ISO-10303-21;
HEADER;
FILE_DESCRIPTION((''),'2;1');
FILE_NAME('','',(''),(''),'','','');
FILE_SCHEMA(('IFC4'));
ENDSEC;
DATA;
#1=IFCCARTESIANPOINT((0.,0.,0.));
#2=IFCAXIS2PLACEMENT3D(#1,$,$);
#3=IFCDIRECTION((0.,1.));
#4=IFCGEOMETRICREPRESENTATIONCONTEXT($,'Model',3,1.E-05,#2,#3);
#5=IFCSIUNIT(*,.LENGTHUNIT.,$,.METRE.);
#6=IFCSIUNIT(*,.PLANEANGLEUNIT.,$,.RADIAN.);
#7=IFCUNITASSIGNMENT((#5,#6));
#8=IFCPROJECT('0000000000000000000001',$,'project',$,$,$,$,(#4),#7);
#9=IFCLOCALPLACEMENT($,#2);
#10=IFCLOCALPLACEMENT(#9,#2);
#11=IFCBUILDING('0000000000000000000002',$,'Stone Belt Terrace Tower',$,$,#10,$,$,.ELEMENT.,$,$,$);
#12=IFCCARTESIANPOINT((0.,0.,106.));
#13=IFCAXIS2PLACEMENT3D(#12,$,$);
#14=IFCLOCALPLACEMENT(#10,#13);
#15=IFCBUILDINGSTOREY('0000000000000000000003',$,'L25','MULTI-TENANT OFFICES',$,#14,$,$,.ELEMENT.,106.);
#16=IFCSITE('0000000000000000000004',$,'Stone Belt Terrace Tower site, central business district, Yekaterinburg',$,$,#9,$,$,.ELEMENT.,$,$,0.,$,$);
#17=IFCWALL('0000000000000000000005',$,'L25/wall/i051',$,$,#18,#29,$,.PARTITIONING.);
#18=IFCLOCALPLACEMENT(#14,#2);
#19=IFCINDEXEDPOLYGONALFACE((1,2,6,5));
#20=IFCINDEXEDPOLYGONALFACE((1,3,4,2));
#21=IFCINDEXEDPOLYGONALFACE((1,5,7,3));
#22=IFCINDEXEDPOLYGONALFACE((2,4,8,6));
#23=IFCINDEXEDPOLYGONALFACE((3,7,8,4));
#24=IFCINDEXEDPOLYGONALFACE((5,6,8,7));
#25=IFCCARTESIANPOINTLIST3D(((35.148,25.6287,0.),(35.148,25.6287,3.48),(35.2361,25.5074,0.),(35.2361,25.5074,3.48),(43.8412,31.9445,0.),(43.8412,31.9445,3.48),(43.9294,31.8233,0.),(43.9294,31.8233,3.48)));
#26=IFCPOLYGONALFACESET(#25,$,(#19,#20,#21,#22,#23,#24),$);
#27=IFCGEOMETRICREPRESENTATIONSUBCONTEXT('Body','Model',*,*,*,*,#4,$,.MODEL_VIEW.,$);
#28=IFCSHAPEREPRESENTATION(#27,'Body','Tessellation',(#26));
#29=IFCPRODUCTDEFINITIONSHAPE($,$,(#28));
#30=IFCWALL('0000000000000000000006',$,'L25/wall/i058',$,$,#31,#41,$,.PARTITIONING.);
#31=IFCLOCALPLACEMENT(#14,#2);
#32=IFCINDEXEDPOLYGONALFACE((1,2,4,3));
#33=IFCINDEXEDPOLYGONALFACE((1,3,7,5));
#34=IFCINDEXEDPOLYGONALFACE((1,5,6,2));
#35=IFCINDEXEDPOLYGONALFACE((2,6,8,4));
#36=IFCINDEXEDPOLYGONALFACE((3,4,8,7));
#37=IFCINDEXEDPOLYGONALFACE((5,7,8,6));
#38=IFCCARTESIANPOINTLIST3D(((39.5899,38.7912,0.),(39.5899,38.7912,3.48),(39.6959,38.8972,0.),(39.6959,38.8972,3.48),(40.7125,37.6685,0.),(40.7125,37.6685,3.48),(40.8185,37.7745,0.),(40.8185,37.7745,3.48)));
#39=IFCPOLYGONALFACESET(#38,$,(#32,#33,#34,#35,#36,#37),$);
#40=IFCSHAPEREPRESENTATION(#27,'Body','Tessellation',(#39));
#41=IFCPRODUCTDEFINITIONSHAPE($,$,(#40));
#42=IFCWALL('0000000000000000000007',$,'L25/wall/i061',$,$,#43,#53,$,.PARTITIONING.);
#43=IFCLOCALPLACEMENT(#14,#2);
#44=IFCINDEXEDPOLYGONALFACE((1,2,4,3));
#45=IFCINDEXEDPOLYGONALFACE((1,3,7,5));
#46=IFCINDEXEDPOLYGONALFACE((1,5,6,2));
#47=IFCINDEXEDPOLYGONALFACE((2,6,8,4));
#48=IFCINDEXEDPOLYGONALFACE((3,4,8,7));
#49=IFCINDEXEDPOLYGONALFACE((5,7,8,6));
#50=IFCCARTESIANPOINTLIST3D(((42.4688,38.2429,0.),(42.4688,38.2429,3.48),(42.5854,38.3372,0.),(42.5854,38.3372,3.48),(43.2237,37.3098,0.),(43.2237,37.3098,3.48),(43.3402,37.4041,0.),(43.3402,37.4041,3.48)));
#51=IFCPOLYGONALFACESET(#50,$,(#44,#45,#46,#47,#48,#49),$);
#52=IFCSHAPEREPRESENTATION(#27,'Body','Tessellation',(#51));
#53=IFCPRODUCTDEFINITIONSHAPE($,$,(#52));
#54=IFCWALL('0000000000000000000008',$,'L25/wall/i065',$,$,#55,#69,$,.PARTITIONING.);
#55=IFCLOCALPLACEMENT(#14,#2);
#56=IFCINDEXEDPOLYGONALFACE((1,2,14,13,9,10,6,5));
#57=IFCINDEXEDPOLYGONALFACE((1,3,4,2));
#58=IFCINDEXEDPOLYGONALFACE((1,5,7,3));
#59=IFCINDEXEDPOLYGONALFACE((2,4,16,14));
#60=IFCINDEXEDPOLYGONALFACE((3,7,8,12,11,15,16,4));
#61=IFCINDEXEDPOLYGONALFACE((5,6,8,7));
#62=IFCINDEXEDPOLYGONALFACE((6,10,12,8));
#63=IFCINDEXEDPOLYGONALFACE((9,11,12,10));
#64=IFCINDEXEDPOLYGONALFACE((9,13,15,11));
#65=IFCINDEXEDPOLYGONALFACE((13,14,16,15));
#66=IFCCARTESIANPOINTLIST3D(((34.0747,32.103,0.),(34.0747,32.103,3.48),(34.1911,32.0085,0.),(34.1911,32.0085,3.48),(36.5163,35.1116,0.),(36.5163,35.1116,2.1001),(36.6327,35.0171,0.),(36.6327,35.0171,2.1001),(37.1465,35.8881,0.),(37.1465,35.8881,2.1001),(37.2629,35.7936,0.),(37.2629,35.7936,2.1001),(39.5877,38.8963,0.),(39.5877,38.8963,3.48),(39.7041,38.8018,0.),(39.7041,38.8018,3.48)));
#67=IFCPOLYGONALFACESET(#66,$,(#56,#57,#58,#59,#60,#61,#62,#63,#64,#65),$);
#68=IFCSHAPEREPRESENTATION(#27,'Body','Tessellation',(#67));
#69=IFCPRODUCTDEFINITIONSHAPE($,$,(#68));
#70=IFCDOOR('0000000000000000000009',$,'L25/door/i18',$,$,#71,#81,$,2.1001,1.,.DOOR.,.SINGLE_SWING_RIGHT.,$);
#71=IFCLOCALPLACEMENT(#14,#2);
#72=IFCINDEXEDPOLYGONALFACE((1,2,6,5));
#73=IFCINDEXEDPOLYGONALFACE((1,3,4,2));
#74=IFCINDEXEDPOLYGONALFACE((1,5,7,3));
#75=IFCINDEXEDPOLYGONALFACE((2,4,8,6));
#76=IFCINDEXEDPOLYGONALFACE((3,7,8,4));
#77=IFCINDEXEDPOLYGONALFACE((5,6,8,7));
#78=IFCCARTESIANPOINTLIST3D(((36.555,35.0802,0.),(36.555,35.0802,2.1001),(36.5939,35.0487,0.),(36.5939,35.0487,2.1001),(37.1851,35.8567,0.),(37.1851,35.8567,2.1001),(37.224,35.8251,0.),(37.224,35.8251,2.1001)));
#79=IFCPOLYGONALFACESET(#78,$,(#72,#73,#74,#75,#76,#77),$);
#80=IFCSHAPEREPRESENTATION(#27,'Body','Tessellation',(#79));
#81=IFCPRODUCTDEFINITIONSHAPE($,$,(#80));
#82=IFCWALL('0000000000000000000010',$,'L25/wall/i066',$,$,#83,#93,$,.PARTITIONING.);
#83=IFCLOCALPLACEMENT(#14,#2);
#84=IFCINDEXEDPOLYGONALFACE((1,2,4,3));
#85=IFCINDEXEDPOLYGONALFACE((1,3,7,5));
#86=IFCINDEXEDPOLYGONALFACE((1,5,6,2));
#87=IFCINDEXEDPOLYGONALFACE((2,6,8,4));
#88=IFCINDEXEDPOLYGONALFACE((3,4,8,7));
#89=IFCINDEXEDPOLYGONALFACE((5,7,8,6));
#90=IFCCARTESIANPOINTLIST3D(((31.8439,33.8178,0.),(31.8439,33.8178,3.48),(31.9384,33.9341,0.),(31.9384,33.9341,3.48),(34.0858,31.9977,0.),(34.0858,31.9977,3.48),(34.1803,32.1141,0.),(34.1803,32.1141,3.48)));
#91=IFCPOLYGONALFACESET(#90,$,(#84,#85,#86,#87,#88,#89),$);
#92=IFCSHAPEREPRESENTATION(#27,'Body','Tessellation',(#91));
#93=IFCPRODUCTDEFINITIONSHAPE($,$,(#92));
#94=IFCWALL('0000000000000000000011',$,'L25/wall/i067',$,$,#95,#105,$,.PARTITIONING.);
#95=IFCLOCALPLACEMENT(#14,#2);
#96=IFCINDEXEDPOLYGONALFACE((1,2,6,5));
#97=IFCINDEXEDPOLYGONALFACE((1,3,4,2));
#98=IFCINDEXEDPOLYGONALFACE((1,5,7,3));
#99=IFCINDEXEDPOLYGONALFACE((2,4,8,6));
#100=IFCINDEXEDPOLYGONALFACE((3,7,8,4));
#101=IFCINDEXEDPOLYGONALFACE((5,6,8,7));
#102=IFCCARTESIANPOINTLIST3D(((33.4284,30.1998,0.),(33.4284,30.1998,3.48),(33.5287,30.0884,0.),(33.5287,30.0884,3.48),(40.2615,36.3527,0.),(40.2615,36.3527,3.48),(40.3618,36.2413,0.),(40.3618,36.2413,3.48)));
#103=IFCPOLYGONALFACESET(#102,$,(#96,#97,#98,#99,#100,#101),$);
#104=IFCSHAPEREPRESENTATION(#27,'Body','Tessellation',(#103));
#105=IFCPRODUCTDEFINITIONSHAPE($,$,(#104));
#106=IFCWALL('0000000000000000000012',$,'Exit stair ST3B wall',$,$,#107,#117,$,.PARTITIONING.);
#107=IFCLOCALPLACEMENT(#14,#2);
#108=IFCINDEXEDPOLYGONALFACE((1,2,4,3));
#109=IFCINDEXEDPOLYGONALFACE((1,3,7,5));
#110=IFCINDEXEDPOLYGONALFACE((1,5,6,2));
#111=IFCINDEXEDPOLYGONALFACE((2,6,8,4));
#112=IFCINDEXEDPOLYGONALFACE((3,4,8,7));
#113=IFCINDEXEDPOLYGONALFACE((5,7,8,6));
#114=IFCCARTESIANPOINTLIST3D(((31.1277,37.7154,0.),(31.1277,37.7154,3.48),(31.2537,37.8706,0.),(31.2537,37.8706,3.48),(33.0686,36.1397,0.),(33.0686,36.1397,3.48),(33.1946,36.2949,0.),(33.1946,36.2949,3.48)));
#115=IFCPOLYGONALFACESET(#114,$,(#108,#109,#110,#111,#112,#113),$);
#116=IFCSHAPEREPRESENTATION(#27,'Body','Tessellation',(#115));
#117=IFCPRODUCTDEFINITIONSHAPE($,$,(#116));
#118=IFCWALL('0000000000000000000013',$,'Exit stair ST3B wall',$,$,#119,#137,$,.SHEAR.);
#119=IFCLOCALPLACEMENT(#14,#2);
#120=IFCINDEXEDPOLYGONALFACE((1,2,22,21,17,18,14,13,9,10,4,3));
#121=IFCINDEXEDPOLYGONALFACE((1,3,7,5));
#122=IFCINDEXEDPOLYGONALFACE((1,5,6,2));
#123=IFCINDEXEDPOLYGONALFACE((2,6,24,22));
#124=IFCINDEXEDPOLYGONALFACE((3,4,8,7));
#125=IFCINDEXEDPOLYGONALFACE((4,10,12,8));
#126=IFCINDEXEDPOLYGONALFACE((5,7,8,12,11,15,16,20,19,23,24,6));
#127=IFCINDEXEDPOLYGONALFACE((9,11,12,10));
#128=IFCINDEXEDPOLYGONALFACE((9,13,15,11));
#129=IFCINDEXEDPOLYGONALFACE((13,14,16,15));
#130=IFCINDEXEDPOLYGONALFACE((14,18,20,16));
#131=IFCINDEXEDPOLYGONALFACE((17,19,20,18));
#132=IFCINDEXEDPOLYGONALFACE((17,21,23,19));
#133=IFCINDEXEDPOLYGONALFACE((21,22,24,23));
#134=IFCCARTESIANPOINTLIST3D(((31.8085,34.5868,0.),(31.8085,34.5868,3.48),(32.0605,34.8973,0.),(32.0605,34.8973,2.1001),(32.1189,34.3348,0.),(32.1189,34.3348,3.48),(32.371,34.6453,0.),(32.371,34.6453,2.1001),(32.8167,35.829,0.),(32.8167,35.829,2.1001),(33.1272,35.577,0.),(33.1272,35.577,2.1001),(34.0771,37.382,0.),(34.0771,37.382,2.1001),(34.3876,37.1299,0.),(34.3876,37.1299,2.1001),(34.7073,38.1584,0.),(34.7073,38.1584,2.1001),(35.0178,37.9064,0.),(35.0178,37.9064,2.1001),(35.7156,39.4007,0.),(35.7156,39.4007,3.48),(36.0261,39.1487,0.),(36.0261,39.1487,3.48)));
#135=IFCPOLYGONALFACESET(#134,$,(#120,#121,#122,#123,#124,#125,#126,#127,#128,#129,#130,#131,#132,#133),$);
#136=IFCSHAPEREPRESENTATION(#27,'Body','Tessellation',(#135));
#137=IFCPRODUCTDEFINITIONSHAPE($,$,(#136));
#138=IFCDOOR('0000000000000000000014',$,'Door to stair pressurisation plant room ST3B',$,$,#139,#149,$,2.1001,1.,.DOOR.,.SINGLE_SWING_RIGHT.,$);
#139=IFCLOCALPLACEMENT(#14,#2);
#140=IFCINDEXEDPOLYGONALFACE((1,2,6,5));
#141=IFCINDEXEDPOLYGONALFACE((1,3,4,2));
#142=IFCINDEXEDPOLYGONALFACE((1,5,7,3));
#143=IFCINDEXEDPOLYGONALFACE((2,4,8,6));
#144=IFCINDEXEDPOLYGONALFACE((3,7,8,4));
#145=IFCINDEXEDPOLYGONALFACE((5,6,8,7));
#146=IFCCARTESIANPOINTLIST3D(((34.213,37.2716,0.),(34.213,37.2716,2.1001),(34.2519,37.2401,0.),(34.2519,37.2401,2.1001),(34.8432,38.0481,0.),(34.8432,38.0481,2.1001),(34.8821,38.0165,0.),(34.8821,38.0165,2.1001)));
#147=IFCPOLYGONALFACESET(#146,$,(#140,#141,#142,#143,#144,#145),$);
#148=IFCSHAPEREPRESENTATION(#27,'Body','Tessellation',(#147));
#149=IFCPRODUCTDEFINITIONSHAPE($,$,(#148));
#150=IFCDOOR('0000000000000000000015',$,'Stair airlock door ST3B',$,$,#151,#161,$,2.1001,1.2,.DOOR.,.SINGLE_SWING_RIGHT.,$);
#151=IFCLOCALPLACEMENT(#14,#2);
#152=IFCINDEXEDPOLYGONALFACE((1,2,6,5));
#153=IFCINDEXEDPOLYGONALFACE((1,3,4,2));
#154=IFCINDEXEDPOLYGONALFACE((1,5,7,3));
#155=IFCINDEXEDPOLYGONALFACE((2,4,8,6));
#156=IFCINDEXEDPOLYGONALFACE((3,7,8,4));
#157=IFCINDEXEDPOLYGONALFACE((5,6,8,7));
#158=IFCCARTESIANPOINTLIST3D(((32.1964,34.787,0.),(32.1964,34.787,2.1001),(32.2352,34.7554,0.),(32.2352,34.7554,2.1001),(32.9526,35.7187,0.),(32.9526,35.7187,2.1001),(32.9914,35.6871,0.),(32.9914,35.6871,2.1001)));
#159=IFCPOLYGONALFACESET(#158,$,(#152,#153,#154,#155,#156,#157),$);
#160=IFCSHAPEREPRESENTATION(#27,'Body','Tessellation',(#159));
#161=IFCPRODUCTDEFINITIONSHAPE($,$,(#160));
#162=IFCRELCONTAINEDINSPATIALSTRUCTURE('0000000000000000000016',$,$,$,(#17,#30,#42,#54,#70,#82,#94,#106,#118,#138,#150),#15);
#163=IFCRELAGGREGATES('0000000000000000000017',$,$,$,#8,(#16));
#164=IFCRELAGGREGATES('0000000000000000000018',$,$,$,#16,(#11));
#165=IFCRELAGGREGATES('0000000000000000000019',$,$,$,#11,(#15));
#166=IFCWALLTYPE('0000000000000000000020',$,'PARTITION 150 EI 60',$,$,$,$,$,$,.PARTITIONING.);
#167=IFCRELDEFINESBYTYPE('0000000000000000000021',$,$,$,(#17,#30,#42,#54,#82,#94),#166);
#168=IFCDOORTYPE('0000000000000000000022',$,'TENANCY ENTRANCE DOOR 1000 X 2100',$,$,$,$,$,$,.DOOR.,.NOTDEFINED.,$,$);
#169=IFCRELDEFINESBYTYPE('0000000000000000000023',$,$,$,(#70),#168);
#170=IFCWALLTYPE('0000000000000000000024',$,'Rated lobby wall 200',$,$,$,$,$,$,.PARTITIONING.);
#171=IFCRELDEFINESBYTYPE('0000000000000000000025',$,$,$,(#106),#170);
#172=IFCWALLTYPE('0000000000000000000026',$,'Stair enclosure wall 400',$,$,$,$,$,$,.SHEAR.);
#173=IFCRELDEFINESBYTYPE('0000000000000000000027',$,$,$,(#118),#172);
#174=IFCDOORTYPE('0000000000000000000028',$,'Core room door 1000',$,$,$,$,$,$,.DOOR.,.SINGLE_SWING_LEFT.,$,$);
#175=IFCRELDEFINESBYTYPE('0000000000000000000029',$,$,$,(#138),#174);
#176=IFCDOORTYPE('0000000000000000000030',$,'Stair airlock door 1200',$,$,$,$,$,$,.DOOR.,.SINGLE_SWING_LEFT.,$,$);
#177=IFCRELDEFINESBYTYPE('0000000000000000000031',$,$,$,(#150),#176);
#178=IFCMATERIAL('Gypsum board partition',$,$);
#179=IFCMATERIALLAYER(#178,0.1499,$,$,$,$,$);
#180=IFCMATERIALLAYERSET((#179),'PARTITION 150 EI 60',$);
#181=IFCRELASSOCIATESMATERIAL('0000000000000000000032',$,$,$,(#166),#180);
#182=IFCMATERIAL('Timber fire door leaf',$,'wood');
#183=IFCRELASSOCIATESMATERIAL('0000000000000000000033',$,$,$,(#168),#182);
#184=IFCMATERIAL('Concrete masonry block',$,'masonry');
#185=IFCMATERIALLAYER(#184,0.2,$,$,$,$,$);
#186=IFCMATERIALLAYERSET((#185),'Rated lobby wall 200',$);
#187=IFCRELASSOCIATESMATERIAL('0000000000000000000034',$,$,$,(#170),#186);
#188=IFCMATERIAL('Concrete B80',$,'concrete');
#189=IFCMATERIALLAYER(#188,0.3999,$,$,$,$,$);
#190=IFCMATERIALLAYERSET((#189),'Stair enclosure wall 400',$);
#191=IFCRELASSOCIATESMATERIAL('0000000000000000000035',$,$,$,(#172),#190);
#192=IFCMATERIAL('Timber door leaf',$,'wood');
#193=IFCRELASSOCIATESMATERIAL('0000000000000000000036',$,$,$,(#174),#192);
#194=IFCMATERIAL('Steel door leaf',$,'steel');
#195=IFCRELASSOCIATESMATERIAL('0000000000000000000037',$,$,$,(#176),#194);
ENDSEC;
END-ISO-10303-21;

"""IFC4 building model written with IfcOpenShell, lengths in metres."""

from ifc_helpers import new_model, si_unit, direction, frame, frame_2d, origin, place, context, subcontext, project, spatial, rectangle, extrude, material, layer, layer_set, type_object, element, fill, save


model = new_model("IFC4")

# Units and contexts
model_context = context("Model", 3, precision=1e-05, world=origin(), true_north=direction((0.0, 1.0)))
body_context = subcontext(model_context, "Body", "Model", "MODEL_VIEW")
ifc_project = project(units=[si_unit("LENGTHUNIT", "METRE"), si_unit("PLANEANGLEUNIT", "RADIAN")], contexts=[model_context])

# Site, building, storey
site_placement = place(None, origin())
site = spatial("IfcSite", under=ifc_project, at=site_placement, Name="Stone Belt Terrace Tower site, central business district, Yekaterinburg", CompositionType="ELEMENT", RefElevation=0.0)
building_placement = place(site_placement, origin())
building = spatial("IfcBuilding", under=site, at=building_placement, Name="Stone Belt Terrace Tower", CompositionType="ELEMENT")
storey_placement = place(building_placement, frame((0.0, 0.0, 106.0)))
storey = spatial("IfcBuildingStorey", under=building, at=storey_placement, Name="L25", Description="MULTI-TENANT OFFICES", CompositionType="ELEMENT", Elevation=106.0)

# Shared definitions
ifc_material_1 = material(Name="Concrete B80", Category="concrete")

# Walls
ifc_material_2 = material(Name="Gypsum board partition")
ifc_layer_1 = layer(ifc_material_2, 0.1499)
ifc_layer_set_1 = layer_set([ifc_layer_1], Name="PARTITION 150 EI 60")
wall_type_1 = type_object("IfcWallType", Name="PARTITION 150 EI 60", PredefinedType="PARTITIONING", material=ifc_layer_set_1)
wall_1_placement = place(storey_placement, frame((35.1921, 25.5681, 0.0), z_axis=(0.0, 0.0, 1.0), x_axis=(0.809025, 0.587774, 0.0)))
element("IfcWall", 1, at=wall_1_placement, inside=storey, type_object=wall_type_1, Name="L25/wall/i051", PredefinedType="PARTITIONING", context=body_context, shape_type="SweptSolid", body=[
    extrude(rectangle(XDim=10.7454, YDim=0.1499, at=frame_2d((5.3726, 0.0))), origin(), (0.0, 0.0, 1.0), 3.48),
])
wall_2_placement = place(storey_placement, frame((40.7656, 37.7214, 0.0), z_axis=(0.0, 0.0, 1.0), x_axis=(-0.707107, 0.707107, 0.0)))
element("IfcWall", 2, at=wall_2_placement, inside=storey, type_object=wall_type_1, Name="L25/wall/i058", PredefinedType="PARTITIONING", context=body_context, shape_type="SweptSolid", body=[
    extrude(rectangle(XDim=1.5876, YDim=0.1499, at=frame_2d((0.7939, 0.0))), origin(), (0.0, 0.0, 1.0), 3.48),
])
wall_3_placement = place(storey_placement, frame((42.5271, 38.29, 0.0), z_axis=(0.0, 0.0, 1.0), x_axis=(0.628952, -0.777444, 0.0)))
element("IfcWall", 3, at=wall_3_placement, inside=storey, type_object=wall_type_1, Name="L25/wall/i061", PredefinedType="PARTITIONING", context=body_context, shape_type="SweptSolid", body=[
    extrude(rectangle(XDim=1.2002, YDim=0.1499, at=frame_2d((0.6001, 0.0))), origin(), (0.0, 0.0, 1.0), 3.48),
])

# Wall, opening, door
wall_4_placement = place(storey_placement, frame((39.646, 38.8491, 0.0), z_axis=(0.0, 0.0, 1.0), x_axis=(-0.630142, -0.77648, 0.0)))
wall_4 = element("IfcWall", 4, at=wall_4_placement, inside=storey, type_object=wall_type_1, Name="L25/wall/i065", PredefinedType="PARTITIONING", context=body_context, shape_type="SweptSolid", body=[
    extrude(rectangle(XDim=8.7488, YDim=0.1499, at=frame_2d((4.3745, 0.0))), origin(), (0.0, 0.0, 1.0), 3.48),
])
opening_1_placement = place(wall_4_placement, frame((3.8743, 0.0, 0.0)))
opening_1 = element("IfcOpeningElement", 5, at=opening_1_placement, cuts=wall_4, PredefinedType="OPENING", context=body_context, shape_type="SweptSolid", body=[
    extrude(rectangle(XDim=1.0, YDim=2.1001, at=frame_2d((0.5, 1.05))), frame((0.0, 0.085, 0.0), z_axis=(0.0, -1.0, 0.0), x_axis=(1.0, 0.0, 0.0)), (0.0, 0.0, 1.0), 0.1699),
])
ifc_material_3 = material(Name="Timber fire door leaf", Category="wood")
door_type_1 = type_object("IfcDoorType", Name="TENANCY ENTRANCE DOOR 1000 X 2100", OperationType="NOTDEFINED", PredefinedType="DOOR", material=ifc_material_3)
door_1_placement = place(opening_1_placement, origin())
door_1 = element("IfcDoor", 6, at=door_1_placement, inside=storey, type_object=door_type_1, Name="L25/door/i18", OperationType="SINGLE_SWING_RIGHT", OverallHeight=2.1001, OverallWidth=1.0, PredefinedType="DOOR", context=body_context, shape_type="SweptSolid", body=[
    extrude(rectangle(XDim=1.0, YDim=2.1001, at=frame_2d((0.5, 1.05))), frame((0.0, 0.0249, 0.0), z_axis=(0.0, -1.0, 0.0), x_axis=(1.0, 0.0, 0.0)), (0.0, 0.0, 1.0), 0.05),
])
fill(opening_1, door_1)

# Walls
wall_5_placement = place(storey_placement, frame((34.1331, 32.0559, 0.0), z_axis=(0.0, 0.0, 1.0), x_axis=(-0.77637, 0.630277, 0.0)))
element("IfcWall", 7, at=wall_5_placement, inside=storey, type_object=wall_type_1, Name="L25/wall/i066", PredefinedType="PARTITIONING", context=body_context, shape_type="SweptSolid", body=[
    extrude(rectangle(XDim=2.8877, YDim=0.1499, at=frame_2d((1.4438, 0.0))), origin(), (0.0, 0.0, 1.0), 3.48),
])
wall_6_placement = place(storey_placement, frame((40.3118, 36.2971, 0.0), z_axis=(0.0, 0.0, 1.0), x_axis=(-0.743125, -0.669152, 0.0)))
element("IfcWall", 8, at=wall_6_placement, inside=storey, type_object=wall_type_1, Name="L25/wall/i067", PredefinedType="PARTITIONING", context=body_context, shape_type="SweptSolid", body=[
    extrude(rectangle(XDim=9.1951, YDim=0.1499, at=frame_2d((4.5977, 0.0))), origin(), (0.0, 0.0, 1.0), 3.48),
])
ifc_material_4 = material(Name="Concrete masonry block", Category="masonry")
ifc_layer_2 = layer(ifc_material_4, 0.2)
ifc_layer_set_2 = layer_set([ifc_layer_2], Name="Rated lobby wall 200")
wall_type_2 = type_object("IfcWallType", Name="Rated lobby wall 200", PredefinedType="PARTITIONING", material=ifc_layer_set_2)
wall_7_placement = place(storey_placement, frame((31.1907, 37.793, 0.0), z_axis=(0.0, 0.0, 1.0), x_axis=(0.776371, -0.630276, 0.0)))
element("IfcWall", 9, at=wall_7_placement, inside=storey, type_object=wall_type_2, Name="Exit stair ST3B wall", PredefinedType="PARTITIONING", context=body_context, shape_type="SweptSolid", body=[
    extrude(rectangle(XDim=2.5, YDim=0.2, at=frame_2d((1.25, 0.0))), origin(), (0.0, 0.0, 1.0), 3.48),
])

# Wall, openings, doors
ifc_layer_3 = layer(ifc_material_1, 0.3999)
ifc_layer_set_3 = layer_set([ifc_layer_3], Name="Stair enclosure wall 400")
wall_type_3 = type_object("IfcWallType", Name="Stair enclosure wall 400", PredefinedType="SHEAR", material=ifc_layer_set_3)
wall_8_placement = place(storey_placement, frame((31.9636, 34.4607, 0.0), z_axis=(0.0, 0.0, 1.0), x_axis=(0.630192, 0.776439, 0.0)))
wall_8 = element("IfcWall", 10, at=wall_8_placement, inside=storey, type_object=wall_type_3, Name="Exit stair ST3B wall", PredefinedType="SHEAR", context=body_context, shape_type="SweptSolid", body=[
    extrude(rectangle(XDim=6.2, YDim=0.3999, at=frame_2d((3.1001, 0.0))), origin(), (0.0, 0.0, 1.0), 3.48),
])
opening_2_placement = place(wall_8_placement, frame((0.3999, 0.0, 0.0)))
opening_2 = element("IfcOpeningElement", 11, at=opening_2_placement, cuts=wall_8, PredefinedType="OPENING", context=body_context, shape_type="SweptSolid", body=[
    extrude(rectangle(XDim=1.2, YDim=2.1001, at=frame_2d((0.6001, 1.05))), frame((0.0, 0.21, 0.0), z_axis=(0.0, -1.0, 0.0), x_axis=(1.0, 0.0, 0.0)), (0.0, 0.0, 1.0), 0.4199),
])
opening_3_placement = place(wall_8_placement, frame((3.6001, 0.0, 0.0)))
opening_3 = element("IfcOpeningElement", 12, at=opening_3_placement, cuts=wall_8, PredefinedType="OPENING", context=body_context, shape_type="SweptSolid", body=[
    extrude(rectangle(XDim=1.0, YDim=2.1001, at=frame_2d((0.5, 1.05))), frame((0.0, 0.21, 0.0), z_axis=(0.0, -1.0, 0.0), x_axis=(1.0, 0.0, 0.0)), (0.0, 0.0, 1.0), 0.4199),
])
ifc_material_5 = material(Name="Timber door leaf", Category="wood")
door_type_2 = type_object("IfcDoorType", Name="Core room door 1000", OperationType="SINGLE_SWING_LEFT", PredefinedType="DOOR", material=ifc_material_5)
door_2_placement = place(opening_3_placement, origin())
door_2 = element("IfcDoor", 13, at=door_2_placement, inside=storey, type_object=door_type_2, Name="Door to stair pressurisation plant room ST3B", OperationType="SINGLE_SWING_RIGHT", OverallHeight=2.1001, OverallWidth=1.0, PredefinedType="DOOR", context=body_context, shape_type="SweptSolid", body=[
    extrude(rectangle(XDim=1.0, YDim=2.1001, at=frame_2d((0.5, 1.05))), frame((0.0, 0.0249, 0.0), z_axis=(0.0, -1.0, 0.0), x_axis=(1.0, 0.0, 0.0)), (0.0, 0.0, 1.0), 0.05),
])
fill(opening_3, door_2)
ifc_material_6 = material(Name="Steel door leaf", Category="steel")
door_type_3 = type_object("IfcDoorType", Name="Stair airlock door 1200", OperationType="SINGLE_SWING_LEFT", PredefinedType="DOOR", material=ifc_material_6)
door_3_placement = place(opening_2_placement, origin())
door_3 = element("IfcDoor", 14, at=door_3_placement, inside=storey, type_object=door_type_3, Name="Stair airlock door ST3B", OperationType="SINGLE_SWING_RIGHT", OverallHeight=2.1001, OverallWidth=1.2, PredefinedType="DOOR", context=body_context, shape_type="SweptSolid", body=[
    extrude(rectangle(XDim=1.2, YDim=2.1001, at=frame_2d((0.6001, 1.05))), frame((0.0, 0.0249, 0.0), z_axis=(0.0, -1.0, 0.0), x_axis=(1.0, 0.0, 0.0)), (0.0, 0.0, 1.0), 0.05),
])
fill(opening_2, door_3)

save(model, "model.ifc")
